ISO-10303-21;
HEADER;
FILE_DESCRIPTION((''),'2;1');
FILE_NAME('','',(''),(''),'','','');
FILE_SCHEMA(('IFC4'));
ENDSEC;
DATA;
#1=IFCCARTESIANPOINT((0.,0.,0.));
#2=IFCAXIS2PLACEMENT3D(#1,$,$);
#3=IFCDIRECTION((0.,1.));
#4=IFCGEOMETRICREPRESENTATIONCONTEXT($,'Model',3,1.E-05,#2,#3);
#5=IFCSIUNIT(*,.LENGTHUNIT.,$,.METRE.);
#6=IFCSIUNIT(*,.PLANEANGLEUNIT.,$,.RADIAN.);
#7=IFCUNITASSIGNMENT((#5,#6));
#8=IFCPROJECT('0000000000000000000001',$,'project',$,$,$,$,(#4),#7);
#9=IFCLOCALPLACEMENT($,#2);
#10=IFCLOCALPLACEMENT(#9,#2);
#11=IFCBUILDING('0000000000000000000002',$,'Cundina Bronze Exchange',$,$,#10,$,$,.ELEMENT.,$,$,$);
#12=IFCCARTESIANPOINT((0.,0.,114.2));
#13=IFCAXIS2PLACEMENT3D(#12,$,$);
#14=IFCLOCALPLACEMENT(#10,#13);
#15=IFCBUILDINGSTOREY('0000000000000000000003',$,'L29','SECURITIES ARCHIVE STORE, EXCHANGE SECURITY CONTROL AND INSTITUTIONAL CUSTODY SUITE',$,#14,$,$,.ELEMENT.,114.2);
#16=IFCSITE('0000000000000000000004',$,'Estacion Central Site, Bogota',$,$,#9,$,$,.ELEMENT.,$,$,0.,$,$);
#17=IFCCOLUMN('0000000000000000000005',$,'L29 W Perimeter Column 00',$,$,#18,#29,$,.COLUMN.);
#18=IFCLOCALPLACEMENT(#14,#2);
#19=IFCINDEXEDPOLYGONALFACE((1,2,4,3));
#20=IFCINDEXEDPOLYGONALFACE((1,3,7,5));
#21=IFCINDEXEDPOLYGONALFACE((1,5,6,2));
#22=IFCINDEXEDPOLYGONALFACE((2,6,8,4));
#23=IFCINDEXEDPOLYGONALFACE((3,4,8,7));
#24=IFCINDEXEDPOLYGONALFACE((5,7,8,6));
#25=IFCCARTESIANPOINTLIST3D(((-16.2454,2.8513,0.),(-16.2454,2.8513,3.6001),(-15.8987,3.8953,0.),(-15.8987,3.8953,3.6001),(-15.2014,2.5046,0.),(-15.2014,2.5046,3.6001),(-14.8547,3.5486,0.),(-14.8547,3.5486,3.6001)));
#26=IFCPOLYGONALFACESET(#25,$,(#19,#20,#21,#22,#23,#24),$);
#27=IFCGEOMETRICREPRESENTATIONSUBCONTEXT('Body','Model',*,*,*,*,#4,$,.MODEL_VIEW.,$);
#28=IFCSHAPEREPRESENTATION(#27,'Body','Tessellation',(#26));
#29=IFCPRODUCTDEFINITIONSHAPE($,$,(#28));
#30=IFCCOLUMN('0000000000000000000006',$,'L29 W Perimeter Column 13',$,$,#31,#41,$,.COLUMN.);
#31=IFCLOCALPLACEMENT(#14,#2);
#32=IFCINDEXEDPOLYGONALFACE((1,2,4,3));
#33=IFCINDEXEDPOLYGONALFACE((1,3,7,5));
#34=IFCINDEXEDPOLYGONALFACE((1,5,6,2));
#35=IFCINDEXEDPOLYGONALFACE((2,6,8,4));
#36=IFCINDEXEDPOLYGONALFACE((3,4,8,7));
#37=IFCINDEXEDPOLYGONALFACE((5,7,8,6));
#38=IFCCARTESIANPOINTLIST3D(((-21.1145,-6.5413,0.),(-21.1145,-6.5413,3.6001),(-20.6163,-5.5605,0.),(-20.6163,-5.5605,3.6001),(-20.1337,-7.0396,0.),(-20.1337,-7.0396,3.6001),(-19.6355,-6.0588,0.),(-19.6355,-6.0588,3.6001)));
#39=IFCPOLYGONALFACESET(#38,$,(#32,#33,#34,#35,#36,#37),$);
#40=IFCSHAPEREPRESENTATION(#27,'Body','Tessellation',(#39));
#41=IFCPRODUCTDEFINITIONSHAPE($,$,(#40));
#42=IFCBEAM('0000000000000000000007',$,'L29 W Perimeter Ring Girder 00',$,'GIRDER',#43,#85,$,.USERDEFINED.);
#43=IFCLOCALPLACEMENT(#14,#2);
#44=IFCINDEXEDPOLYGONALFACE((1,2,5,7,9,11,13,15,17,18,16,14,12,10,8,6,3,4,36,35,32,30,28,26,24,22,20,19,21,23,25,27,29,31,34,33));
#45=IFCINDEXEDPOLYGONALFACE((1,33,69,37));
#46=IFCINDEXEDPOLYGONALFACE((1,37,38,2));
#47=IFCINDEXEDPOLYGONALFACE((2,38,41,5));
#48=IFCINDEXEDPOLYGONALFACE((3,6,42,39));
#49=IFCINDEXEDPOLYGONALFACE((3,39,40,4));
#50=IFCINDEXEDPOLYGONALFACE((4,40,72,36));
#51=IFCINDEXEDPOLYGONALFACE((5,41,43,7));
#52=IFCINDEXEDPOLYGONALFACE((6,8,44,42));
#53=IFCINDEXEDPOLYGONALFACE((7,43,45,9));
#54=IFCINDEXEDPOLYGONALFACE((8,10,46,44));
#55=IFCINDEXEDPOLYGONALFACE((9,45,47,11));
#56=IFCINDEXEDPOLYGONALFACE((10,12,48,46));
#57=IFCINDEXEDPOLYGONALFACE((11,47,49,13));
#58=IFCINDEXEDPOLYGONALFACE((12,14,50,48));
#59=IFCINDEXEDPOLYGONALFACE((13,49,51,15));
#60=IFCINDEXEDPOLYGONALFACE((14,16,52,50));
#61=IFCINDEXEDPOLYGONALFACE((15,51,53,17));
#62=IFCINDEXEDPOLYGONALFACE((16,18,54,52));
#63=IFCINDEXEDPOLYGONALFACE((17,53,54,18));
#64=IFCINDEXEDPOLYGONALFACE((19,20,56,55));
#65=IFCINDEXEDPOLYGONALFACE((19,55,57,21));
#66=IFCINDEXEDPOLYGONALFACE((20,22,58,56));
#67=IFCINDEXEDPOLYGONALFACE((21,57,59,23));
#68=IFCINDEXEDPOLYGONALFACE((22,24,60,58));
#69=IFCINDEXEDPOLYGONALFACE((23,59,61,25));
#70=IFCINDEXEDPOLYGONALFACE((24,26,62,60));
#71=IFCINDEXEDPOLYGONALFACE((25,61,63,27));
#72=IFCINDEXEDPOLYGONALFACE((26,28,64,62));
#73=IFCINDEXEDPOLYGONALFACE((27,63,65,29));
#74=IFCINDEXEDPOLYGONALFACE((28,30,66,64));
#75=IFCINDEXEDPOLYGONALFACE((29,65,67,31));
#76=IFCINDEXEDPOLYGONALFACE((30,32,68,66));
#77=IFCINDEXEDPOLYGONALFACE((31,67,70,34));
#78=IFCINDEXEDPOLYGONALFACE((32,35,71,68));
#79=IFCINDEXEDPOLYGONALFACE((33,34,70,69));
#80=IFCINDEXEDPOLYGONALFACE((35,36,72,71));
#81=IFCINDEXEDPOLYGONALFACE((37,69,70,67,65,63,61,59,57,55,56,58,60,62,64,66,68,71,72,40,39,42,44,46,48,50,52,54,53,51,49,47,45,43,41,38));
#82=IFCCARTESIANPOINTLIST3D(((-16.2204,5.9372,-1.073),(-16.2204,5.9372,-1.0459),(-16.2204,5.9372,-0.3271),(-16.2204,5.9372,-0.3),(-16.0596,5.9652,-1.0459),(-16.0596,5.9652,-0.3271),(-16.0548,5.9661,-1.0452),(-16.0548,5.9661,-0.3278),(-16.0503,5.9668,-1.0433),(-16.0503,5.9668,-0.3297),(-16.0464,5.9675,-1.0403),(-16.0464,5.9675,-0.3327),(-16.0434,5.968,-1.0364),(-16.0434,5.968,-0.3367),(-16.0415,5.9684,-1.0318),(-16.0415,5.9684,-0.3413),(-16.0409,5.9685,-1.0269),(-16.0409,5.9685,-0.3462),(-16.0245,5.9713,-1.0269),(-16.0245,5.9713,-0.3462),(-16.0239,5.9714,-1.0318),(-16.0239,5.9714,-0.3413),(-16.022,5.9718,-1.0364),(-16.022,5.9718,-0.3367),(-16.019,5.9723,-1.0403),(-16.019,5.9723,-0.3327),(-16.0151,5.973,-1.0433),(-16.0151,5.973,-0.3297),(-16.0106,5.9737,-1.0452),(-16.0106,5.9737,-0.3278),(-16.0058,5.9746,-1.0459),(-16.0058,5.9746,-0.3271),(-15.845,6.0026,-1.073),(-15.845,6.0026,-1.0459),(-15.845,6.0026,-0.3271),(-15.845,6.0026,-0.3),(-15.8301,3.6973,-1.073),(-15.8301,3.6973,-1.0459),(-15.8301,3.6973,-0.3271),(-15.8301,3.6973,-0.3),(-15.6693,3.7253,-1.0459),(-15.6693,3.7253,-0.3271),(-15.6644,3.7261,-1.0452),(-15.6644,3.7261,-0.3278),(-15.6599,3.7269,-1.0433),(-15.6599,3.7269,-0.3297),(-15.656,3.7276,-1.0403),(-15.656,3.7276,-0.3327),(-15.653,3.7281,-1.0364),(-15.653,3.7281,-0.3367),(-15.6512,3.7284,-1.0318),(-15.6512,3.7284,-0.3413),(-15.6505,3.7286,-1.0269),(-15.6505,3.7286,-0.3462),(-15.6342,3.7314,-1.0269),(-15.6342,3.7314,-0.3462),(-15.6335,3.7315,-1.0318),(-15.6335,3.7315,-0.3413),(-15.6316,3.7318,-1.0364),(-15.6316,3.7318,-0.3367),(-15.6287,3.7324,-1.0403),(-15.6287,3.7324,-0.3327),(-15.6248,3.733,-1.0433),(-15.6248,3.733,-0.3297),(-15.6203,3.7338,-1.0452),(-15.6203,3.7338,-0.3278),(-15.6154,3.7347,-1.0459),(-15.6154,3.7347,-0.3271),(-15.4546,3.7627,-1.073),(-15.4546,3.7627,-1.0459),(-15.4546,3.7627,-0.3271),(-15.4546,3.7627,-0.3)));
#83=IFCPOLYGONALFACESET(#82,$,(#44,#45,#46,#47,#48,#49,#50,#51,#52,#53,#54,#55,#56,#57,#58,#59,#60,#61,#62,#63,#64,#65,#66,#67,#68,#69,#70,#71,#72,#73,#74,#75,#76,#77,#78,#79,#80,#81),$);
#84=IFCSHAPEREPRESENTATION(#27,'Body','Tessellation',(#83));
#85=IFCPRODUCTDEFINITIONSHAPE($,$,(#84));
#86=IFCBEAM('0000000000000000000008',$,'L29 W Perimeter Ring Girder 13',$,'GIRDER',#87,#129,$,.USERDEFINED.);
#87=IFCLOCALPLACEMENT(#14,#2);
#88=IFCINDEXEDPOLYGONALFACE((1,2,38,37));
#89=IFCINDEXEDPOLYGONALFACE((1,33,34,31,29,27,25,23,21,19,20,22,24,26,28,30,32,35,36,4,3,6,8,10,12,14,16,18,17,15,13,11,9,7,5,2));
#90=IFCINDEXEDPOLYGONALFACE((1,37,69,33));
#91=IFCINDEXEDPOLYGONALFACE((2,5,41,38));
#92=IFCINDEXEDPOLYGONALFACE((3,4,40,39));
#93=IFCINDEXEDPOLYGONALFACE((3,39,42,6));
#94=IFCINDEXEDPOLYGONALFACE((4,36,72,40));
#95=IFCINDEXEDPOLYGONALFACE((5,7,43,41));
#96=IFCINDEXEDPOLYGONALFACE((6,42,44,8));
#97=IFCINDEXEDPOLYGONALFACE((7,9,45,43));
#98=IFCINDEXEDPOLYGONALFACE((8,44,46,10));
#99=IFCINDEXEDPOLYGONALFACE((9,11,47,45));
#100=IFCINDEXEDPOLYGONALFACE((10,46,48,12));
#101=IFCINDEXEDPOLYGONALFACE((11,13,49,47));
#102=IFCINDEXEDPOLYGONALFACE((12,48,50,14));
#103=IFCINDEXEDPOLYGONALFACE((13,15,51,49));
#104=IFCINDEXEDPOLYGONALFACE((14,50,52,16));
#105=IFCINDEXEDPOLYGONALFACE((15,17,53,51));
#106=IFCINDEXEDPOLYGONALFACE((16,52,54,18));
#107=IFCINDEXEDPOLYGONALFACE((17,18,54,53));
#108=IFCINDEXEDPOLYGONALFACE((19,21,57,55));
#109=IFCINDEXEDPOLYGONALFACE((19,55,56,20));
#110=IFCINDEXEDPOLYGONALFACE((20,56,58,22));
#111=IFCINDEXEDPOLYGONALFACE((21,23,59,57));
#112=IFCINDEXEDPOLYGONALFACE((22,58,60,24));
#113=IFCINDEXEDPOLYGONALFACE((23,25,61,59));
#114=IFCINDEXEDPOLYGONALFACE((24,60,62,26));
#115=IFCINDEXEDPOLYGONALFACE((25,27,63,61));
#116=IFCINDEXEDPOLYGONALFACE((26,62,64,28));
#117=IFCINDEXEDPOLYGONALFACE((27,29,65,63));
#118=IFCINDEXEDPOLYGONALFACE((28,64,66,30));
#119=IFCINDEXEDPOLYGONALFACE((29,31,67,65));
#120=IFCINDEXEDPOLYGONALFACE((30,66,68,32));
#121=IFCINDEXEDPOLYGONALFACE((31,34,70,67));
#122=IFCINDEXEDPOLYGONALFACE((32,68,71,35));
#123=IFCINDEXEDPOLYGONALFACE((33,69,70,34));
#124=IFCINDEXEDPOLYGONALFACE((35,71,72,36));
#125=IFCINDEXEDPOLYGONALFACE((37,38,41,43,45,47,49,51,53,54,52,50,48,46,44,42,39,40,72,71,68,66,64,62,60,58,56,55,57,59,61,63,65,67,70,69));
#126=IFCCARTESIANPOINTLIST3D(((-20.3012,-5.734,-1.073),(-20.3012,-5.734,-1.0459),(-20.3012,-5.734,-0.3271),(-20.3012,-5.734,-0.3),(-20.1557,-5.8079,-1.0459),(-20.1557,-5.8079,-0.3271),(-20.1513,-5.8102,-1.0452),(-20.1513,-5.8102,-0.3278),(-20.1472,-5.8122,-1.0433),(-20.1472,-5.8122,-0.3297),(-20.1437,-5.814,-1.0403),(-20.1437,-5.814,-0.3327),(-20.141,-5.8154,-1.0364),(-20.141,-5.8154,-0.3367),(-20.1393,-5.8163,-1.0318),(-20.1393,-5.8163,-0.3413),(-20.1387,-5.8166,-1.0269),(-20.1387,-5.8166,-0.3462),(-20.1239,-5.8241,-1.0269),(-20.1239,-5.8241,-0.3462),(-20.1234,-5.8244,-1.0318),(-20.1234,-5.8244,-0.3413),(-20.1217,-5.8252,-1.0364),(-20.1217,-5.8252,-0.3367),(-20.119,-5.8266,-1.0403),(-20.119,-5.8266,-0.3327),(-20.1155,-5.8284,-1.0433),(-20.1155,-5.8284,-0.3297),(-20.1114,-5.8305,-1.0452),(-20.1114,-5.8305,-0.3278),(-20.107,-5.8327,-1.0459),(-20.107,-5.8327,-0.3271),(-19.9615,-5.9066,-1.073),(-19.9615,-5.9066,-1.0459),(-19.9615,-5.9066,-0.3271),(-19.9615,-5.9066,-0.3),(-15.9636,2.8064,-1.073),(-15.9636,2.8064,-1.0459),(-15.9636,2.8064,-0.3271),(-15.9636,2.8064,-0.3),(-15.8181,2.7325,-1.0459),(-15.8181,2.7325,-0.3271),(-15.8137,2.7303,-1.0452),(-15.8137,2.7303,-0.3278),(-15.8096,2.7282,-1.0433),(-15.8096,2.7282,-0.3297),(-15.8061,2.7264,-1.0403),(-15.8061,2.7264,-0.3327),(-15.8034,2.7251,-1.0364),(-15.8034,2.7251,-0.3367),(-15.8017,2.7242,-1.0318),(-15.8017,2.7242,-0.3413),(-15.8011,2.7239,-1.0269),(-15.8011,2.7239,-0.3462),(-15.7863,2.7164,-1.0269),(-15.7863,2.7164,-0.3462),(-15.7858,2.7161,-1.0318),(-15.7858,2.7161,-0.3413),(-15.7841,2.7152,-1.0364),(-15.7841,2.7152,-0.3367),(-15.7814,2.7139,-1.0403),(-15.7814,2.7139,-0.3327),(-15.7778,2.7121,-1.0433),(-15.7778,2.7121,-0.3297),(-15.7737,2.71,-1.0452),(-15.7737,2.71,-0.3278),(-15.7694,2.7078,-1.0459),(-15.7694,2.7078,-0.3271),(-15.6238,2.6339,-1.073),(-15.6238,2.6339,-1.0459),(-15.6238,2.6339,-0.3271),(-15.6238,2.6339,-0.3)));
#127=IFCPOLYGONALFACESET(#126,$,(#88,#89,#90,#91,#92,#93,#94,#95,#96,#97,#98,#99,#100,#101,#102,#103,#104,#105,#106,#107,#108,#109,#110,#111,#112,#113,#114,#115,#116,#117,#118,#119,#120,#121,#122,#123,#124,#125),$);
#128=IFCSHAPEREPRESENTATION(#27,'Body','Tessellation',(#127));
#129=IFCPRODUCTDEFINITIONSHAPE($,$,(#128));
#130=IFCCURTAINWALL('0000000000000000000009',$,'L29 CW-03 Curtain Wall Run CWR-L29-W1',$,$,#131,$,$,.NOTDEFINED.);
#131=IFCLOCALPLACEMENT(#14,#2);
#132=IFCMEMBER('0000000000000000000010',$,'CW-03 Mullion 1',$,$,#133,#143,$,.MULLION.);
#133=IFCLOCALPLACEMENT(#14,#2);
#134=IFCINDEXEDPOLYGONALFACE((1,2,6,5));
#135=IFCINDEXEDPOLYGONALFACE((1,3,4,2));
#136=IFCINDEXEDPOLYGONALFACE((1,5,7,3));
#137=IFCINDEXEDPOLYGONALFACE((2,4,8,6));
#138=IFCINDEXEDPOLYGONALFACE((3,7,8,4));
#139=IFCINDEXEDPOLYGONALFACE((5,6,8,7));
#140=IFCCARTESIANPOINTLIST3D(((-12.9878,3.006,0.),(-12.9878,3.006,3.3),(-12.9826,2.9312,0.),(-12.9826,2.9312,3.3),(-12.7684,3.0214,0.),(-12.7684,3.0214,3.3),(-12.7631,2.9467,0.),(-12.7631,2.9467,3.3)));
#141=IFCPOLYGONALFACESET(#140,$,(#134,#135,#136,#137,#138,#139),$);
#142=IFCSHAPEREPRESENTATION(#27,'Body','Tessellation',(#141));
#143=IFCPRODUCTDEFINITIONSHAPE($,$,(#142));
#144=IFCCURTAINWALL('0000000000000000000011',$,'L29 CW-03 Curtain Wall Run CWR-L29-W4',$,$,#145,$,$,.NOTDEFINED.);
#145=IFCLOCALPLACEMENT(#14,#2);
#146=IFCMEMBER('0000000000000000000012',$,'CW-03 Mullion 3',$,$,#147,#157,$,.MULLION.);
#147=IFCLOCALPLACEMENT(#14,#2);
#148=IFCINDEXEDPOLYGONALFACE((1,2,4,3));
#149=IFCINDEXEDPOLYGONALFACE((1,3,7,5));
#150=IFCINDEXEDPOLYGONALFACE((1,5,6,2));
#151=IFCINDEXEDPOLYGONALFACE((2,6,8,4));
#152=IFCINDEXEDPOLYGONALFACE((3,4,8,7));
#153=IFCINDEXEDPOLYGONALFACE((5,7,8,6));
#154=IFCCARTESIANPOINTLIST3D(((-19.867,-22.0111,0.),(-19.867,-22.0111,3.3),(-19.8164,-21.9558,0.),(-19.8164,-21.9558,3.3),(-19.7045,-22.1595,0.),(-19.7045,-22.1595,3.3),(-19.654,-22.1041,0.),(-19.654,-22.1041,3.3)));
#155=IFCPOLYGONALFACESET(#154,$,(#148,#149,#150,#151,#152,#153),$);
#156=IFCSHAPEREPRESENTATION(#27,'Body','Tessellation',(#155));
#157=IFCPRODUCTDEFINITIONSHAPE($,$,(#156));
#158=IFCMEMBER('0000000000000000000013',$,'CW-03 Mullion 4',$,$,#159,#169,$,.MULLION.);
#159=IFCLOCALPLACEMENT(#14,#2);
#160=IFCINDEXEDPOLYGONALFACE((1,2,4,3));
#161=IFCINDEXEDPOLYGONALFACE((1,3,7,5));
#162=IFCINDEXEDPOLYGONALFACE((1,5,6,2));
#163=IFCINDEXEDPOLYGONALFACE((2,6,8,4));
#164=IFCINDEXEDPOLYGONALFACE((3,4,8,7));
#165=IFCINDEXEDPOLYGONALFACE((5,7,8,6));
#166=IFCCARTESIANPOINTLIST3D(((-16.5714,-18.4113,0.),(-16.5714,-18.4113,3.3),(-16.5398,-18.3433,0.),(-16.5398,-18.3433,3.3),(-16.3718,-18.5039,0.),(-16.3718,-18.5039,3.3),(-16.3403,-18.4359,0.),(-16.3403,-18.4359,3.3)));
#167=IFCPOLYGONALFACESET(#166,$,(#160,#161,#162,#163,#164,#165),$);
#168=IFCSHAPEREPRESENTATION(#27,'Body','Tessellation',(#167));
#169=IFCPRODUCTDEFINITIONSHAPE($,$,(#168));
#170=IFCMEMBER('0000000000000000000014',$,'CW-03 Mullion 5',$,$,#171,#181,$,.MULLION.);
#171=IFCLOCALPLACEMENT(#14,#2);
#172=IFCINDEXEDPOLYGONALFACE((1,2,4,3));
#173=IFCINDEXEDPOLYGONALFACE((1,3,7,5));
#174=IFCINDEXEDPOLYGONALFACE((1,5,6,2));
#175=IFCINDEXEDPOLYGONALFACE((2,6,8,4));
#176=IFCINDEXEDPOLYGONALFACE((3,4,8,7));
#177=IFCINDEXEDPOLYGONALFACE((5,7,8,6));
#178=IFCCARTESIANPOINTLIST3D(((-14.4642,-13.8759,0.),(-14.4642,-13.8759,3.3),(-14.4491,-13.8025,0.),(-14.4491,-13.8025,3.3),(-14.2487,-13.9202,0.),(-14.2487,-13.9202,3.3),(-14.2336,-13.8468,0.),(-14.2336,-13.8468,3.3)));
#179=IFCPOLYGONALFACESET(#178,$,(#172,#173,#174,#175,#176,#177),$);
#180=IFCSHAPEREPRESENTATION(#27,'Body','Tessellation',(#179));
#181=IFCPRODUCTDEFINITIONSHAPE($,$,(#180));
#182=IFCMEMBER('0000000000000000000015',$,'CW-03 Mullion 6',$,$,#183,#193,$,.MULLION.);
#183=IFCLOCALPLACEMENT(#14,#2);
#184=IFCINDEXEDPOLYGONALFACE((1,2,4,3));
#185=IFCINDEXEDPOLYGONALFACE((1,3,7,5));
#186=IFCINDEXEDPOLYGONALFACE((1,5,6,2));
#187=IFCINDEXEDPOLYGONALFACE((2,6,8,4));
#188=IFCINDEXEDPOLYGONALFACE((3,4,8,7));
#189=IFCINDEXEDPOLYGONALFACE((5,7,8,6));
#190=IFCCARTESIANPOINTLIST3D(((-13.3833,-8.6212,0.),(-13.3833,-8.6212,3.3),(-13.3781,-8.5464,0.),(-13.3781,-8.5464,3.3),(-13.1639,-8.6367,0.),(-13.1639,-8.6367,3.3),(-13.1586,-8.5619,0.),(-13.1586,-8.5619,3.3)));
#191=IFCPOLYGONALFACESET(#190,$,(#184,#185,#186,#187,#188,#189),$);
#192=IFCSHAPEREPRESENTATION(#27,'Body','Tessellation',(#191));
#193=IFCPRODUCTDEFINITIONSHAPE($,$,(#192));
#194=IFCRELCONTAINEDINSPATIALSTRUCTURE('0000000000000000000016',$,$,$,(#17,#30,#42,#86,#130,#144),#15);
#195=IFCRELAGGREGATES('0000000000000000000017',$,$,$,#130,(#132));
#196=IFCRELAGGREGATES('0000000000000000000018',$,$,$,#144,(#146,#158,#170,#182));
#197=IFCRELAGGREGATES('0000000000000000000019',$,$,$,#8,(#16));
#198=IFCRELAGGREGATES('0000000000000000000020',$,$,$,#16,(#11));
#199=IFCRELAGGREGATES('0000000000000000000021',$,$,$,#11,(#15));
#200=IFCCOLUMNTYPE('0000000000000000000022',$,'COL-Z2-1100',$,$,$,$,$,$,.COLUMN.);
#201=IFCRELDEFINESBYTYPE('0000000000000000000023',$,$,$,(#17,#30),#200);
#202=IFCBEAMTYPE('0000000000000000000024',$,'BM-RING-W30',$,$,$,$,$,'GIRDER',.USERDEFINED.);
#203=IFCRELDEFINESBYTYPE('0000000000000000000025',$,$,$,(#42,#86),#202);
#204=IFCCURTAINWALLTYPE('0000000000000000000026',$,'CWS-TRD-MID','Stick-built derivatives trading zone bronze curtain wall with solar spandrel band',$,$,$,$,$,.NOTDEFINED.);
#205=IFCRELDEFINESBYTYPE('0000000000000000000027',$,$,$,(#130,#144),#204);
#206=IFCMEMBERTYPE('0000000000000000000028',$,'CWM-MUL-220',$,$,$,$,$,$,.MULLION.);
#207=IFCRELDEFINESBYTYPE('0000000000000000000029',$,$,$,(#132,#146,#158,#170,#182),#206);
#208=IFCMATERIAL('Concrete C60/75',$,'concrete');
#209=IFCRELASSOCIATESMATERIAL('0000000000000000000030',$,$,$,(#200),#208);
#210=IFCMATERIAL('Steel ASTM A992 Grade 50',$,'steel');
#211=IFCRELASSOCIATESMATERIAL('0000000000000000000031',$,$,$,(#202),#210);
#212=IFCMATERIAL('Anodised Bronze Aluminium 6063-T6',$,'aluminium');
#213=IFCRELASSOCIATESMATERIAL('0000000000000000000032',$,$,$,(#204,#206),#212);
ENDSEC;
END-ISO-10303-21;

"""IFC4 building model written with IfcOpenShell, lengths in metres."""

from ifc_helpers import new_model, si_unit, direction, frame, origin, origin_2d, place, context, subcontext, project, spatial, rectangle, i_section, extrude, material, material_profile, profile_set, type_object, element, aggregate, save


model = new_model("IFC4")

# Units and contexts
model_context = context("Model", 3, precision=1e-05, world=origin(), true_north=direction((0.0, 1.0)))
body_context = subcontext(model_context, "Body", "Model", "MODEL_VIEW")
ifc_project = project(units=[si_unit("LENGTHUNIT", "METRE"), si_unit("PLANEANGLEUNIT", "RADIAN")], contexts=[model_context])

# Site, building, storey
site_placement = place(None, origin())
site = spatial("IfcSite", under=ifc_project, at=site_placement, Name="Estacion Central Site, Bogota", CompositionType="ELEMENT", RefElevation=0.0)
building_placement = place(site_placement, origin())
building = spatial("IfcBuilding", under=site, at=building_placement, Name="Cundina Bronze Exchange", CompositionType="ELEMENT")
storey_placement = place(building_placement, frame((0.0, 0.0, 114.2)))
storey = spatial("IfcBuildingStorey", under=building, at=storey_placement, Name="L29", Description="SECURITIES ARCHIVE STORE, EXCHANGE SECURITY CONTROL AND INSTITUTIONAL CUSTODY SUITE", CompositionType="ELEMENT", Elevation=114.2)

# Columns
ifc_material_1 = material(Name="Concrete C60/75", Category="concrete")
ifc_material_profile_1 = material_profile(ifc_material_1, rectangle(XDim=1.1001, YDim=1.1001, at=origin_2d()), Name="RC1100X1100", Category="concrete")
ifc_profile_set_1 = profile_set([ifc_material_profile_1], Name="Concrete C60/75")
column_type = type_object("IfcColumnType", Name="COL-Z2-1100", PredefinedType="COLUMN", material=ifc_profile_set_1)
for number, where, z_axis, x_axis, name in (
    (1, (-15.55, 3.2, 0.0), (0.0, 0.0, 1.0), (0.315152, 0.949041, 0.0), "L29 W Perimeter Column 00"),
    (2, (-20.375, -6.3, 0.0), (0.0, 0.0, 1.0), (0.452902, 0.891561, 0.0), "L29 W Perimeter Column 13"),
):
    element("IfcColumn", number, at=place(storey_placement, frame(where, z_axis=z_axis, x_axis=x_axis)), inside=storey, type_object=column_type, Name=name, PredefinedType="COLUMN", context=body_context, shape_type="SweptSolid", body=[
        extrude(rectangle(XDim=1.1001, YDim=1.1001, at=origin_2d()), origin(), (0.0, 0.0, 1.0), 3.6001),
    ])

# Beams
ifc_material_2 = material(Name="Steel ASTM A992 Grade 50", Category="steel")
ifc_material_profile_2 = material_profile(ifc_material_2, i_section(OverallWidth=0.3811, OverallDepth=0.7729, WebThickness=0.0166, FlangeThickness=0.0271, FilletRadius=0.019, at=origin_2d()), Name="W30X173", Category="steel")
ifc_profile_set_2 = profile_set([ifc_material_profile_2], Name="Steel ASTM A992 Grade 50")
beam_type = type_object("IfcBeamType", Name="BM-RING-W30", ElementType="GIRDER", PredefinedType="USERDEFINED", material=ifc_profile_set_2)
beam_1_placement = place(storey_placement, frame((-15.6423, 3.73, -0.6865), z_axis=(-0.17169, 0.985151, 0.0), x_axis=(-0.985151, -0.17169, 0.0)))
element("IfcBeam", 3, at=beam_1_placement, inside=storey, type_object=beam_type, Name="L29 W Perimeter Ring Girder 00", ObjectType="GIRDER", PredefinedType="USERDEFINED", context=body_context, shape_type="SweptSolid", body=[
    extrude(i_section(OverallWidth=0.3811, OverallDepth=0.7729, WebThickness=0.0166, FlangeThickness=0.0271, FilletRadius=0.019, at=origin_2d()), origin(), (0.0, 0.0, 1.0), 2.2737),
])
beam_2_placement = place(storey_placement, frame((-20.1313, -5.8203, -0.6865), z_axis=(0.452832, 0.891596, 0.0), x_axis=(-0.891596, 0.452832, 0.0)))
element("IfcBeam", 4, at=beam_2_placement, inside=storey, type_object=beam_type, Name="L29 W Perimeter Ring Girder 13", ObjectType="GIRDER", PredefinedType="USERDEFINED", context=body_context, shape_type="SweptSolid", body=[
    extrude(i_section(OverallWidth=0.3811, OverallDepth=0.7729, WebThickness=0.0166, FlangeThickness=0.0271, FilletRadius=0.019, at=origin_2d()), origin(), (0.0, 0.0, 1.0), 9.5789),
])

# Curtain wall, member
ifc_material_3 = material(Name="Anodised Bronze Aluminium 6063-T6", Category="aluminium")
curtain_wall_type = type_object("IfcCurtainWallType", Name="CWS-TRD-MID", Description="Stick-built derivatives trading zone bronze curtain wall with solar spandrel band", PredefinedType="NOTDEFINED", material=ifc_material_3)
curtain_wall_1_placement = place(storey_placement, origin())
curtain_wall_1 = element("IfcCurtainWall", 5, at=curtain_wall_1_placement, inside=storey, type_object=curtain_wall_type, Name="L29 CW-03 Curtain Wall Run CWR-L29-W1", PredefinedType="NOTDEFINED")
ifc_material_profile_3 = material_profile(ifc_material_3, rectangle(XDim=0.075, YDim=0.22, at=origin_2d()), Name="AL75X220", Category="aluminium")
ifc_profile_set_3 = profile_set([ifc_material_profile_3], Name="Anodised Bronze Aluminium 6063-T6")
member_type_1 = type_object("IfcMemberType", Name="CWM-MUL-220", PredefinedType="MULLION", material=ifc_profile_set_3)
member_1_placement = place(storey_placement, frame((-12.8755, 2.9763, 0.0), z_axis=(0.0, 0.0, 1.0), x_axis=(-0.070279, 0.997527, 0.0)))
member_1 = element("IfcMember", 6, at=member_1_placement, type_object=member_type_1, Name="CW-03 Mullion 1", PredefinedType="MULLION", context=body_context, shape_type="SweptSolid", body=[
    extrude(rectangle(XDim=0.075, YDim=0.22, at=origin_2d()), origin(), (0.0, 0.0, 1.0), 3.3),
])

# Curtain wall, members
curtain_wall_2_placement = place(storey_placement, origin())
curtain_wall_2 = element("IfcCurtainWall", 7, at=curtain_wall_2_placement, inside=storey, type_object=curtain_wall_type, Name="L29 CW-03 Curtain Wall Run CWR-L29-W4", PredefinedType="NOTDEFINED")
member_2_placement = place(storey_placement, frame((-19.7605, -22.0576, 0.0), z_axis=(0.0, 0.0, 1.0), x_axis=(0.674302, 0.738455, 0.0)))
member_2 = element("IfcMember", 8, at=member_2_placement, type_object=member_type_1, Name="CW-03 Mullion 3", PredefinedType="MULLION", context=body_context, shape_type="SweptSolid", body=[
    extrude(rectangle(XDim=0.075, YDim=0.22, at=origin_2d()), origin(), (0.0, 0.0, 1.0), 3.3),
])
member_3_placement = place(storey_placement, frame((-16.4558, -18.4236, 0.0), z_axis=(0.0, 0.0, 1.0), x_axis=(0.420877, 0.907117, 0.0)))
member_3 = element("IfcMember", 9, at=member_3_placement, type_object=member_type_1, Name="CW-03 Mullion 4", PredefinedType="MULLION", context=body_context, shape_type="SweptSolid", body=[
    extrude(rectangle(XDim=0.075, YDim=0.22, at=origin_2d()), origin(), (0.0, 0.0, 1.0), 3.3),
])
member_4_placement = place(storey_placement, frame((-14.3489, -13.8613, 0.0), z_axis=(0.0, 0.0, 1.0), x_axis=(0.20142, 0.979505, 0.0)))
member_4 = element("IfcMember", 10, at=member_4_placement, type_object=member_type_1, Name="CW-03 Mullion 5", PredefinedType="MULLION", context=body_context, shape_type="SweptSolid", body=[
    extrude(rectangle(XDim=0.075, YDim=0.22, at=origin_2d()), origin(), (0.0, 0.0, 1.0), 3.3),
])
member_5_placement = place(storey_placement, frame((-13.271, -8.5916, 0.0), z_axis=(0.0, 0.0, 1.0), x_axis=(0.070279, 0.997527, 0.0)))
member_5 = element("IfcMember", 11, at=member_5_placement, type_object=member_type_1, Name="CW-03 Mullion 6", PredefinedType="MULLION", context=body_context, shape_type="SweptSolid", body=[
    extrude(rectangle(XDim=0.075, YDim=0.22, at=origin_2d()), origin(), (0.0, 0.0, 1.0), 3.3),
])

aggregate(curtain_wall_1, [member_1])

aggregate(curtain_wall_2, [member_2, member_3, member_4, member_5])

save(model, "model.ifc")
